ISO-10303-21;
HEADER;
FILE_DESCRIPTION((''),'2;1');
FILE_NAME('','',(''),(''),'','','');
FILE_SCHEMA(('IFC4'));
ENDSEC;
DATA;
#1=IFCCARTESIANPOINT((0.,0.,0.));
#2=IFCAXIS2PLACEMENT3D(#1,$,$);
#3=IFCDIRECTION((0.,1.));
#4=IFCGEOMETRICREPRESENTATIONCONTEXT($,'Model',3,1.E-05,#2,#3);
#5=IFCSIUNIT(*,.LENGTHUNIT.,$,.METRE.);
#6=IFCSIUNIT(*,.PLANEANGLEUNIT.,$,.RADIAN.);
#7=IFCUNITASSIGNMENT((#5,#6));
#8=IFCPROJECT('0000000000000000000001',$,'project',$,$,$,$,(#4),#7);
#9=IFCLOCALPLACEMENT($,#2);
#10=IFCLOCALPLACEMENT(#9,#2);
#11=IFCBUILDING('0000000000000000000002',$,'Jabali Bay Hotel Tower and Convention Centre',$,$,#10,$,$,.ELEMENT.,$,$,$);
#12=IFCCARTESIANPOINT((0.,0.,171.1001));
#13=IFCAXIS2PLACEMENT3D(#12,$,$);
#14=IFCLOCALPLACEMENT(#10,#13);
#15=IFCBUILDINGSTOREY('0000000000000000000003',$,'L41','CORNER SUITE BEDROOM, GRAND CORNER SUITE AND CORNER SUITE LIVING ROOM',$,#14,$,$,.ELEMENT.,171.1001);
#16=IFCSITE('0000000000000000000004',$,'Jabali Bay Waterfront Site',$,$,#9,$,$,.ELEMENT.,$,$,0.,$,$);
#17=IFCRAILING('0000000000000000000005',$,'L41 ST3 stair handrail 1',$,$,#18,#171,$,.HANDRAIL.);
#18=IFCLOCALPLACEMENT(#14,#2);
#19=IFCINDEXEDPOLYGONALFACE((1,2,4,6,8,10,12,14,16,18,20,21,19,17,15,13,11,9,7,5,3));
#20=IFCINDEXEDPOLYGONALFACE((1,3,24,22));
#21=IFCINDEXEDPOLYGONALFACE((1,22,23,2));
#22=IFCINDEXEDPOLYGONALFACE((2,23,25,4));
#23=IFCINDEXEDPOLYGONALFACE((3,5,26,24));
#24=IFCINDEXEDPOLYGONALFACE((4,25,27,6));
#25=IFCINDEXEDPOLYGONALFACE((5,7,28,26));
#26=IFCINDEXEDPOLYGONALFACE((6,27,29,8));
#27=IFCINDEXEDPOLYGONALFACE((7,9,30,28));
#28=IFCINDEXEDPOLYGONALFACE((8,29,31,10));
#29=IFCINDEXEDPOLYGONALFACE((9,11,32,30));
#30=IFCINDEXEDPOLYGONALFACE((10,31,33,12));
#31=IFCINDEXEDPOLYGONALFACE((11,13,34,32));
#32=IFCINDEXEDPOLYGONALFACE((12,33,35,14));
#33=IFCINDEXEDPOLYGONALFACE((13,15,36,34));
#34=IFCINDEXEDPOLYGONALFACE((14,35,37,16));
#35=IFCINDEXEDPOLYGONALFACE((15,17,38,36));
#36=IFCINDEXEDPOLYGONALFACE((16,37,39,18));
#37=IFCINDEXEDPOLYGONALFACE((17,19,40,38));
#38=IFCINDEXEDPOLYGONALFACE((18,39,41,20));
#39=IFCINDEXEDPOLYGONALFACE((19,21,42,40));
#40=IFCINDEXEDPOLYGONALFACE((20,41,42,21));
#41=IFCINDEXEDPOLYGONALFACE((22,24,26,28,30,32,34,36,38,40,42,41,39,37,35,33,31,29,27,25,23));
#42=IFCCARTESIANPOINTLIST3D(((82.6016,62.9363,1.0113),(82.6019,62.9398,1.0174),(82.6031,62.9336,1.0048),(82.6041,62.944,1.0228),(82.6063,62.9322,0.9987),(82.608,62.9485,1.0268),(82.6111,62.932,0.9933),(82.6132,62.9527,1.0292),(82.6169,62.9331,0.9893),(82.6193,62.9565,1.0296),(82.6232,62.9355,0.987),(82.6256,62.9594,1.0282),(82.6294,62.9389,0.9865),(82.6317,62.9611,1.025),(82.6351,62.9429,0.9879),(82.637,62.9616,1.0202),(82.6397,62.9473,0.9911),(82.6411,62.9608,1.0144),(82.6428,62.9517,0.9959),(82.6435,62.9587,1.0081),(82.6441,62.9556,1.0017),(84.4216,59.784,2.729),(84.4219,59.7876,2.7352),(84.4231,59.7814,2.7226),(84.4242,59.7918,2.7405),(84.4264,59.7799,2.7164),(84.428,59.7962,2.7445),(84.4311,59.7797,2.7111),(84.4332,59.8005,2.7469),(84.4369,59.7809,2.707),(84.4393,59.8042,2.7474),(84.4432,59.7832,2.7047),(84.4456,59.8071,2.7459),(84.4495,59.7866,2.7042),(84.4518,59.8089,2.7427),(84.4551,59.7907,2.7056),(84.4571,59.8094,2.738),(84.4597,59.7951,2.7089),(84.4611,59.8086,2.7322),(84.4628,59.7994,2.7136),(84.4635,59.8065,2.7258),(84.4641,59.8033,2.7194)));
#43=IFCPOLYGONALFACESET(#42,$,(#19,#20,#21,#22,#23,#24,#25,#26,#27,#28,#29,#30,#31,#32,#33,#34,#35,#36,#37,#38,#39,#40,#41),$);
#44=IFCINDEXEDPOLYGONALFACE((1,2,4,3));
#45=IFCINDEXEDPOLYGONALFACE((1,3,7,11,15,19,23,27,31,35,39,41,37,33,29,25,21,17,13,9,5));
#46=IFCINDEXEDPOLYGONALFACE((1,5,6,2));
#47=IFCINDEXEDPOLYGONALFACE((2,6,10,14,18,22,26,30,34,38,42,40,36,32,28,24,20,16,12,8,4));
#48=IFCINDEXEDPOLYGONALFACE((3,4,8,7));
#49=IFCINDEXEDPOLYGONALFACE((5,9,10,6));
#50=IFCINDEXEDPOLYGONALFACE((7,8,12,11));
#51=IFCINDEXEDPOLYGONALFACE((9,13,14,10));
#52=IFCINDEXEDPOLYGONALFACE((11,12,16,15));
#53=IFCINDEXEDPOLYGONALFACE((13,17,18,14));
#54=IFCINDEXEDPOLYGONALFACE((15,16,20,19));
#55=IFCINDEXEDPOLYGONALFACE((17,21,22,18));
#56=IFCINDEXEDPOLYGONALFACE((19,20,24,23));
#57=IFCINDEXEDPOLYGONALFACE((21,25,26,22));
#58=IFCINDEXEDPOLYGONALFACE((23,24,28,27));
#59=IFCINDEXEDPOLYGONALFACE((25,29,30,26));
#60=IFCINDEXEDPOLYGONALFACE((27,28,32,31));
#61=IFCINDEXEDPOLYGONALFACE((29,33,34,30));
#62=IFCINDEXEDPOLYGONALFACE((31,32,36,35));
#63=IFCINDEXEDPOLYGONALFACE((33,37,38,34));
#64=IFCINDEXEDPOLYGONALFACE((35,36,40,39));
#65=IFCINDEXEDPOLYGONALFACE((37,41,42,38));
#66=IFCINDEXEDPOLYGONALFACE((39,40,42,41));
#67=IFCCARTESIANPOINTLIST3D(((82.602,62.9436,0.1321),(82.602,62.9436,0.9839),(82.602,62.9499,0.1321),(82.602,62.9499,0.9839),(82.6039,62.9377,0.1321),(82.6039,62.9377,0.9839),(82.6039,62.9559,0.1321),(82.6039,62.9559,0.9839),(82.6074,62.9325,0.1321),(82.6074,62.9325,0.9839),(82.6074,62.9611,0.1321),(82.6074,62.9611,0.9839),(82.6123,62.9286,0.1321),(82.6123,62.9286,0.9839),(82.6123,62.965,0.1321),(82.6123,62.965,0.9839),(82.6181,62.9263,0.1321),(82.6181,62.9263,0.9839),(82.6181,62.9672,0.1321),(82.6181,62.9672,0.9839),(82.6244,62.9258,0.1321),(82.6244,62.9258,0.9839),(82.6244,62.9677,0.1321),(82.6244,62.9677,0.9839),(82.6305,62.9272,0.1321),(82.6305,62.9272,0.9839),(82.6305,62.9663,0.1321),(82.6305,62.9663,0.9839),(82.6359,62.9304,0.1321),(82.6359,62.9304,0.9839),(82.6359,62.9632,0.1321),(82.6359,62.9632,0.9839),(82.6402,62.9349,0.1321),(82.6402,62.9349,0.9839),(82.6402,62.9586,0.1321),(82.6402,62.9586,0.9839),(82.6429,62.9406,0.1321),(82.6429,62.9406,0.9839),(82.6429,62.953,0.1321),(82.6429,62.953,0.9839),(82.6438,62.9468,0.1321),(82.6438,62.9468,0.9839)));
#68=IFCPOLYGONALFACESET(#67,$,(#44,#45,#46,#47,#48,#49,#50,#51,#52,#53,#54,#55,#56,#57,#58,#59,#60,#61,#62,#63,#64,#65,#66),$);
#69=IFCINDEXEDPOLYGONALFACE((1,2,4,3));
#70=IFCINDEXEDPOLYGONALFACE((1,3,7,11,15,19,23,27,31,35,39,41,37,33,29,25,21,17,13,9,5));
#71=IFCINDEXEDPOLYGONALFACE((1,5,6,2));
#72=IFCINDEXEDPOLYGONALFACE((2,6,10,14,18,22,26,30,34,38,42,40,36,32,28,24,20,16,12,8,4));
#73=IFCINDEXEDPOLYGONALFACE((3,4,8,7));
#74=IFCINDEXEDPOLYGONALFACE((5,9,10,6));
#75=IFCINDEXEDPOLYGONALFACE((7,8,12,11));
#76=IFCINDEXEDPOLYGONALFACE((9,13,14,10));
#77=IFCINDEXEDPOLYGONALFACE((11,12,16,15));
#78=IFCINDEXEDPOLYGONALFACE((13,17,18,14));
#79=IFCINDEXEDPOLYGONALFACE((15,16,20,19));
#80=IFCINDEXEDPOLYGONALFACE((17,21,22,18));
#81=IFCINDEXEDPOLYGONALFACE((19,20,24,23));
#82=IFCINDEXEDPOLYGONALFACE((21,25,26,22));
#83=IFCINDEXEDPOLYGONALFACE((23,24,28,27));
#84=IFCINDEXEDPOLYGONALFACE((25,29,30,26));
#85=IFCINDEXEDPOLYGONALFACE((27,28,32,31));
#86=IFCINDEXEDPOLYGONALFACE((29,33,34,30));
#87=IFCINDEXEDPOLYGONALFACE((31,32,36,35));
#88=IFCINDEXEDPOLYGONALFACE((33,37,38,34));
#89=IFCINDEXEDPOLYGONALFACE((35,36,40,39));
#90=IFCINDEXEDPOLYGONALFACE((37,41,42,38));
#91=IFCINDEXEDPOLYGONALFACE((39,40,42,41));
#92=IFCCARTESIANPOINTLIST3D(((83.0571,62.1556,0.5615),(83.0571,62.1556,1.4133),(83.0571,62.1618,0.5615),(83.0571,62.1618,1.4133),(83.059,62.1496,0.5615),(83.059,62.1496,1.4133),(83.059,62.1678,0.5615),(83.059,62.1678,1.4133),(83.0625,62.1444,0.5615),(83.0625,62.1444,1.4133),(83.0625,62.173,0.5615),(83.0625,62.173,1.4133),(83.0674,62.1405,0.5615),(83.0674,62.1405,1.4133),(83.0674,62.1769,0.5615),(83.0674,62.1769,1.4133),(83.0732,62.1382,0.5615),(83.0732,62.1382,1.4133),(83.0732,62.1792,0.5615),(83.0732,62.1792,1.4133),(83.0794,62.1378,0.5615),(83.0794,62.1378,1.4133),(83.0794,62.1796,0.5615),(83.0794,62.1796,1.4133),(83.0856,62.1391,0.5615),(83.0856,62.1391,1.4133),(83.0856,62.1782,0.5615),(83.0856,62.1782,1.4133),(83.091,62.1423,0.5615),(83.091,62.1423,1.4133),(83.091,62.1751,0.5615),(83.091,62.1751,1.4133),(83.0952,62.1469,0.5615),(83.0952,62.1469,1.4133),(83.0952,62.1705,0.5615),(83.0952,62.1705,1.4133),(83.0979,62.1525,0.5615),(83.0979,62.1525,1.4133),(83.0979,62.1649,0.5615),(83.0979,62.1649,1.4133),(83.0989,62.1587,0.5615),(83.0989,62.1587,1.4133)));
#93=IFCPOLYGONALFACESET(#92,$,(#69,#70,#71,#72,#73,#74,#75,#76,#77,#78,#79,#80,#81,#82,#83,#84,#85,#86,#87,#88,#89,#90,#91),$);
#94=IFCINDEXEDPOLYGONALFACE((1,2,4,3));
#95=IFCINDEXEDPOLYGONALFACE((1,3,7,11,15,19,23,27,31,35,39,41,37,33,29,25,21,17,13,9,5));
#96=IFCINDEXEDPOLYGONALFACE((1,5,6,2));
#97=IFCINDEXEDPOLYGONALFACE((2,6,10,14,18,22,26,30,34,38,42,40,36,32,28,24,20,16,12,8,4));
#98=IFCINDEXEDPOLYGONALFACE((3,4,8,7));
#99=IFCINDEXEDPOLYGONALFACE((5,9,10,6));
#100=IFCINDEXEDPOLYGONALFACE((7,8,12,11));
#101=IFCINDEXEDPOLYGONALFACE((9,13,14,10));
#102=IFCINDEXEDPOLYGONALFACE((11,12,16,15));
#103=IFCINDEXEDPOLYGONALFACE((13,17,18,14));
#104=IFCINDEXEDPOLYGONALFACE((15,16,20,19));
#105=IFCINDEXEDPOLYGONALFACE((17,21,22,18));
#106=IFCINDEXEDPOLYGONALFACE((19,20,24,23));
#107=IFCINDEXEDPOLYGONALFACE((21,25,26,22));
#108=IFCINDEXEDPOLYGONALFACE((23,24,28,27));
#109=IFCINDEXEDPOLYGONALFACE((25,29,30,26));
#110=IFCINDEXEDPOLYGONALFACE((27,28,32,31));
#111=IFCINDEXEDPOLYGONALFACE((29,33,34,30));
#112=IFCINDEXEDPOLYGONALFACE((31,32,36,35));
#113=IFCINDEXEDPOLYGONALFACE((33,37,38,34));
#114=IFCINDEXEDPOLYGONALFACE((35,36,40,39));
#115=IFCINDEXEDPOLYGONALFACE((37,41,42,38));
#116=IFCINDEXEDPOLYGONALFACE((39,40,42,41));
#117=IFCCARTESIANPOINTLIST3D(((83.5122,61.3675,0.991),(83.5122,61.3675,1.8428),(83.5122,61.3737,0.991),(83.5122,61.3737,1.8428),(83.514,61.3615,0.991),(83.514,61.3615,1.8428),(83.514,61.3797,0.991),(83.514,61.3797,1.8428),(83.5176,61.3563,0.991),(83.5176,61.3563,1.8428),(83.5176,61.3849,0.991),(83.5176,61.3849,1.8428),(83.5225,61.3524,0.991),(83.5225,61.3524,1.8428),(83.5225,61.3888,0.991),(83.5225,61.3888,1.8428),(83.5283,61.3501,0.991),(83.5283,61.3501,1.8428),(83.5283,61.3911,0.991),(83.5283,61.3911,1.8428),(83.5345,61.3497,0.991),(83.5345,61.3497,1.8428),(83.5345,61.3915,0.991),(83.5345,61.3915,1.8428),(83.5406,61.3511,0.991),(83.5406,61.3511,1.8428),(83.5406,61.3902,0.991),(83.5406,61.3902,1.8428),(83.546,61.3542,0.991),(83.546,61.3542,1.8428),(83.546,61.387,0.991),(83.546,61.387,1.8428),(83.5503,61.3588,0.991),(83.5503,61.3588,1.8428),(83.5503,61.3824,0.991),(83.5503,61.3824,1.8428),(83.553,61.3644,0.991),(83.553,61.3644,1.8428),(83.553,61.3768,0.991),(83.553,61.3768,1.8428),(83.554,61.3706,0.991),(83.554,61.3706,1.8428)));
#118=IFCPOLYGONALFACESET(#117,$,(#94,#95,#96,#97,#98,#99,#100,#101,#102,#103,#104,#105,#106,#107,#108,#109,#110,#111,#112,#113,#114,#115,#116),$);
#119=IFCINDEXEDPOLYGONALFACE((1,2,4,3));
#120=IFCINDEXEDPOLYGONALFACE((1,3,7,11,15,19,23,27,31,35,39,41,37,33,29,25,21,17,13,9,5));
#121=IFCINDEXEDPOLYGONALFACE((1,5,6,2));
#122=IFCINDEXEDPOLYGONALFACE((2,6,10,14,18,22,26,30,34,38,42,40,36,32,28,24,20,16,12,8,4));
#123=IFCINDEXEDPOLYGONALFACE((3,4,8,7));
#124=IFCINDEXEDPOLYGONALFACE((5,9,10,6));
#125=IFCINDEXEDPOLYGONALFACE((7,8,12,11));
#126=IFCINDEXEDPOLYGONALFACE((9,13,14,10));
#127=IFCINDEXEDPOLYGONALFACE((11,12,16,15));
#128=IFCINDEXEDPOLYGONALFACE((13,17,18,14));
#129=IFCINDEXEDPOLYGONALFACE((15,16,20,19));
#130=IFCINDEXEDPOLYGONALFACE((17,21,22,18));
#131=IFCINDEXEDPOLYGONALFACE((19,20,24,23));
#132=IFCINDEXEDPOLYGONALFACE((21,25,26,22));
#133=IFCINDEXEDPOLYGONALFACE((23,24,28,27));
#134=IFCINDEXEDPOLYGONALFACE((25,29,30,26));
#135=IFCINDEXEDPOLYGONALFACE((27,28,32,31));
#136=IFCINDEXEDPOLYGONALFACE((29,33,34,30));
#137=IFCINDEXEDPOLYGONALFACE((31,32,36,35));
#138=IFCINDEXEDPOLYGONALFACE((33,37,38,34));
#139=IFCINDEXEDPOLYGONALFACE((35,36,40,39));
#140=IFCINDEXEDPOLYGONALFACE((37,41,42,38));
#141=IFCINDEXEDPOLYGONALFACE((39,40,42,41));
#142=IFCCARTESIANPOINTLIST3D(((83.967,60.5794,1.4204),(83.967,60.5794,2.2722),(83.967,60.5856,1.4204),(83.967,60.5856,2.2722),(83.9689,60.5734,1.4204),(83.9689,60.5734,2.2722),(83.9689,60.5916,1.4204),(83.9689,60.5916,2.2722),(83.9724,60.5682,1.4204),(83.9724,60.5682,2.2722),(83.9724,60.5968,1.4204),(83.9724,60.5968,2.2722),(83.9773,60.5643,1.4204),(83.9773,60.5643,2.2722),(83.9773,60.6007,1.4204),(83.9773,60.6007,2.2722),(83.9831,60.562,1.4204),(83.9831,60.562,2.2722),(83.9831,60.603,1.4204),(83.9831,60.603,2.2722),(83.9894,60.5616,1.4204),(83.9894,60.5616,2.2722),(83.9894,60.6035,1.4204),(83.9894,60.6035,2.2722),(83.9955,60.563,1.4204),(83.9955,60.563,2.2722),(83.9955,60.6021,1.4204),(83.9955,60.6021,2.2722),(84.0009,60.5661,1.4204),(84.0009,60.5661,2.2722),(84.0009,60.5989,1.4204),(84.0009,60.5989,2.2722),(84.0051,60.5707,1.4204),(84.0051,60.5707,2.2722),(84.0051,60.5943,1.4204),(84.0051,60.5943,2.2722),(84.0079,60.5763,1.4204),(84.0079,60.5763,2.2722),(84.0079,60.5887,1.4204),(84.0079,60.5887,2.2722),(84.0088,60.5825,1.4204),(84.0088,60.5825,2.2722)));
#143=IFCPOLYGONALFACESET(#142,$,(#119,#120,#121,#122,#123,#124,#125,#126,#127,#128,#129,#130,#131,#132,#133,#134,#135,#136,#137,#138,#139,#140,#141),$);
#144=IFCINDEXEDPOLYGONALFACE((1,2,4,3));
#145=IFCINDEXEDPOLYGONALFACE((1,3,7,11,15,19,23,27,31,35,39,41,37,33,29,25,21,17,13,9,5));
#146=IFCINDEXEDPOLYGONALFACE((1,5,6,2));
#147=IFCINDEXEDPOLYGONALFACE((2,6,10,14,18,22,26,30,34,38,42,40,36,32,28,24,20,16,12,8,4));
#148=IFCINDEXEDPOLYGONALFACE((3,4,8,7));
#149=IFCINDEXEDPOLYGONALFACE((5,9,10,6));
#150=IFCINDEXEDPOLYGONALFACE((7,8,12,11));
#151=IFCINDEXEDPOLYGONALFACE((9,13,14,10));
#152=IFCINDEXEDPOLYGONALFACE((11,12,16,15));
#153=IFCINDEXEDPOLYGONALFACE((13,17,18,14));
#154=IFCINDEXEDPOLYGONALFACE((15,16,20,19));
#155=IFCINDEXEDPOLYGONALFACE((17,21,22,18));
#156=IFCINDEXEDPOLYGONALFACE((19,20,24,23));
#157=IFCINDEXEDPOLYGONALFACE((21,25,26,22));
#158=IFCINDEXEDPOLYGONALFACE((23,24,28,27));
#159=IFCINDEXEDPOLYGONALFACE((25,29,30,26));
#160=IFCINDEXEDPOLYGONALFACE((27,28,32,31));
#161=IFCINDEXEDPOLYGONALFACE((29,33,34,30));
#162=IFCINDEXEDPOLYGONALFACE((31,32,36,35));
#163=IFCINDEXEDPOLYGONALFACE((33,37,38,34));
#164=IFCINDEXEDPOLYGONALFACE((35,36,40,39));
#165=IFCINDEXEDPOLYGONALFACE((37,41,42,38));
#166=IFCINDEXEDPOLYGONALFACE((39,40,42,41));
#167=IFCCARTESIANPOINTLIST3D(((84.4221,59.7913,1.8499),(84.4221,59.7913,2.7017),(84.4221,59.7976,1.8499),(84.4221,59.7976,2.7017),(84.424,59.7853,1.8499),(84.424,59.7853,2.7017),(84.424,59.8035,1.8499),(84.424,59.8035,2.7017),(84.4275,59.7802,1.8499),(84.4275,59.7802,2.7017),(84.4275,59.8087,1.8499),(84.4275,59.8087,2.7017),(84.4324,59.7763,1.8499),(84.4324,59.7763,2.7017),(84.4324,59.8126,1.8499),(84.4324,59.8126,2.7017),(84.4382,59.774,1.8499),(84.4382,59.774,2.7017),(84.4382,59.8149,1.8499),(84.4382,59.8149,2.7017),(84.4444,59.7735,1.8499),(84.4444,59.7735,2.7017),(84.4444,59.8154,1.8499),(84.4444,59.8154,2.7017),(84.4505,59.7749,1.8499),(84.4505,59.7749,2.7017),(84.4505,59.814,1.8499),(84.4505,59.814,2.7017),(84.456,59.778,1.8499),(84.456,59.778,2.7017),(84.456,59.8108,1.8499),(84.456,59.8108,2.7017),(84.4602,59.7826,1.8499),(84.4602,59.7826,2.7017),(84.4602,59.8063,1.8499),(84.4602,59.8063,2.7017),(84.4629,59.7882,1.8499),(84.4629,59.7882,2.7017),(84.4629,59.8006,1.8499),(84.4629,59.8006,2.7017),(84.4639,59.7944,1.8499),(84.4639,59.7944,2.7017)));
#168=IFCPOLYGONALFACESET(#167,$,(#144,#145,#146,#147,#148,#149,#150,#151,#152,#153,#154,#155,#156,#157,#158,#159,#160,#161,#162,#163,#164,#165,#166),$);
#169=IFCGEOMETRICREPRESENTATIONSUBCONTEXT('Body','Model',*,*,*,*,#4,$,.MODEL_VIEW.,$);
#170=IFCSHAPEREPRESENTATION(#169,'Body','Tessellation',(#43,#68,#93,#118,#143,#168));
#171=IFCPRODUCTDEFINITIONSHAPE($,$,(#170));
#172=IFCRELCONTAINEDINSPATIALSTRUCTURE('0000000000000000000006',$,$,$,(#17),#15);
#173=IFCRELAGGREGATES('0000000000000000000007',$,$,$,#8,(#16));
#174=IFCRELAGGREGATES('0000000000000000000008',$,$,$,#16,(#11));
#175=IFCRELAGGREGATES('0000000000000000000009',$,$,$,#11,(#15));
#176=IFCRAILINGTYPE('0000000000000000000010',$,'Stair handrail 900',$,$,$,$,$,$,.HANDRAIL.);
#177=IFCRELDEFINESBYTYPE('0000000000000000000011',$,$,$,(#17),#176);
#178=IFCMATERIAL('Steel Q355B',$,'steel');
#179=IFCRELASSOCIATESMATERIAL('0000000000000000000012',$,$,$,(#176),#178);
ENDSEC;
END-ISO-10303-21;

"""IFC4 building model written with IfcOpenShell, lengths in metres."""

from ifc_helpers import new_model, si_unit, direction, frame, origin, origin_2d, place, context, subcontext, project, spatial, circle, extrude, material, type_object, element, save


model = new_model("IFC4")

# Units and contexts
model_context = context("Model", 3, precision=1e-05, world=origin(), true_north=direction((0.0, 1.0)))
body_context = subcontext(model_context, "Body", "Model", "MODEL_VIEW")
ifc_project = project(units=[si_unit("LENGTHUNIT", "METRE"), si_unit("PLANEANGLEUNIT", "RADIAN")], contexts=[model_context])

# Site, building, storey
site_placement = place(None, origin())
site = spatial("IfcSite", under=ifc_project, at=site_placement, Name="Jabali Bay Waterfront Site", CompositionType="ELEMENT", RefElevation=0.0)
building_placement = place(site_placement, origin())
building = spatial("IfcBuilding", under=site, at=building_placement, Name="Jabali Bay Hotel Tower and Convention Centre", CompositionType="ELEMENT")
storey_placement = place(building_placement, frame((0.0, 0.0, 171.1001)))
storey = spatial("IfcBuildingStorey", under=building, at=storey_placement, Name="L41", Description="CORNER SUITE BEDROOM, GRAND CORNER SUITE AND CORNER SUITE LIVING ROOM", CompositionType="ELEMENT", Elevation=171.1001)

# Railing
ifc_material_1 = material(Name="Steel Q355B", Category="steel")
railing_type_1 = type_object("IfcRailingType", Name="Stair handrail 900", PredefinedType="HANDRAIL", material=ifc_material_1)
railing_1_placement = place(storey_placement, frame((82.6228, 62.9468, 0.1321)))
element("IfcRailing", 1, at=railing_1_placement, inside=storey, type_object=railing_type_1, Name="L41 ST3 stair handrail 1", PredefinedType="HANDRAIL", context=body_context, shape_type="SweptSolid", body=[
    extrude(circle(Radius=0.0239, at=origin_2d()), frame((0.0, 0.0, 0.876), z_axis=(0.45219, -0.78319, 0.426775), x_axis=(0.866018, 0.500013, 0.0)), (0.0, 0.0, 1.0), 4.0249),
    extrude(circle(Radius=0.021, at=origin_2d()), origin(), (0.0, 0.0, 1.0), 0.8518),
    extrude(circle(Radius=0.021, at=origin_2d()), frame((0.4551, -0.7881, 0.4294)), (0.0, 0.0, 1.0), 0.8518),
    extrude(circle(Radius=0.021, at=origin_2d()), frame((0.9102, -1.5762, 0.8589)), (0.0, 0.0, 1.0), 0.8518),
    extrude(circle(Radius=0.021, at=origin_2d()), frame((1.365, -2.3643, 1.2883)), (0.0, 0.0, 1.0), 0.8518),
    extrude(circle(Radius=0.021, at=origin_2d()), frame((1.8201, -3.1523, 1.7178)), (0.0, 0.0, 1.0), 0.8518),
])

save(model, "model.ifc")
